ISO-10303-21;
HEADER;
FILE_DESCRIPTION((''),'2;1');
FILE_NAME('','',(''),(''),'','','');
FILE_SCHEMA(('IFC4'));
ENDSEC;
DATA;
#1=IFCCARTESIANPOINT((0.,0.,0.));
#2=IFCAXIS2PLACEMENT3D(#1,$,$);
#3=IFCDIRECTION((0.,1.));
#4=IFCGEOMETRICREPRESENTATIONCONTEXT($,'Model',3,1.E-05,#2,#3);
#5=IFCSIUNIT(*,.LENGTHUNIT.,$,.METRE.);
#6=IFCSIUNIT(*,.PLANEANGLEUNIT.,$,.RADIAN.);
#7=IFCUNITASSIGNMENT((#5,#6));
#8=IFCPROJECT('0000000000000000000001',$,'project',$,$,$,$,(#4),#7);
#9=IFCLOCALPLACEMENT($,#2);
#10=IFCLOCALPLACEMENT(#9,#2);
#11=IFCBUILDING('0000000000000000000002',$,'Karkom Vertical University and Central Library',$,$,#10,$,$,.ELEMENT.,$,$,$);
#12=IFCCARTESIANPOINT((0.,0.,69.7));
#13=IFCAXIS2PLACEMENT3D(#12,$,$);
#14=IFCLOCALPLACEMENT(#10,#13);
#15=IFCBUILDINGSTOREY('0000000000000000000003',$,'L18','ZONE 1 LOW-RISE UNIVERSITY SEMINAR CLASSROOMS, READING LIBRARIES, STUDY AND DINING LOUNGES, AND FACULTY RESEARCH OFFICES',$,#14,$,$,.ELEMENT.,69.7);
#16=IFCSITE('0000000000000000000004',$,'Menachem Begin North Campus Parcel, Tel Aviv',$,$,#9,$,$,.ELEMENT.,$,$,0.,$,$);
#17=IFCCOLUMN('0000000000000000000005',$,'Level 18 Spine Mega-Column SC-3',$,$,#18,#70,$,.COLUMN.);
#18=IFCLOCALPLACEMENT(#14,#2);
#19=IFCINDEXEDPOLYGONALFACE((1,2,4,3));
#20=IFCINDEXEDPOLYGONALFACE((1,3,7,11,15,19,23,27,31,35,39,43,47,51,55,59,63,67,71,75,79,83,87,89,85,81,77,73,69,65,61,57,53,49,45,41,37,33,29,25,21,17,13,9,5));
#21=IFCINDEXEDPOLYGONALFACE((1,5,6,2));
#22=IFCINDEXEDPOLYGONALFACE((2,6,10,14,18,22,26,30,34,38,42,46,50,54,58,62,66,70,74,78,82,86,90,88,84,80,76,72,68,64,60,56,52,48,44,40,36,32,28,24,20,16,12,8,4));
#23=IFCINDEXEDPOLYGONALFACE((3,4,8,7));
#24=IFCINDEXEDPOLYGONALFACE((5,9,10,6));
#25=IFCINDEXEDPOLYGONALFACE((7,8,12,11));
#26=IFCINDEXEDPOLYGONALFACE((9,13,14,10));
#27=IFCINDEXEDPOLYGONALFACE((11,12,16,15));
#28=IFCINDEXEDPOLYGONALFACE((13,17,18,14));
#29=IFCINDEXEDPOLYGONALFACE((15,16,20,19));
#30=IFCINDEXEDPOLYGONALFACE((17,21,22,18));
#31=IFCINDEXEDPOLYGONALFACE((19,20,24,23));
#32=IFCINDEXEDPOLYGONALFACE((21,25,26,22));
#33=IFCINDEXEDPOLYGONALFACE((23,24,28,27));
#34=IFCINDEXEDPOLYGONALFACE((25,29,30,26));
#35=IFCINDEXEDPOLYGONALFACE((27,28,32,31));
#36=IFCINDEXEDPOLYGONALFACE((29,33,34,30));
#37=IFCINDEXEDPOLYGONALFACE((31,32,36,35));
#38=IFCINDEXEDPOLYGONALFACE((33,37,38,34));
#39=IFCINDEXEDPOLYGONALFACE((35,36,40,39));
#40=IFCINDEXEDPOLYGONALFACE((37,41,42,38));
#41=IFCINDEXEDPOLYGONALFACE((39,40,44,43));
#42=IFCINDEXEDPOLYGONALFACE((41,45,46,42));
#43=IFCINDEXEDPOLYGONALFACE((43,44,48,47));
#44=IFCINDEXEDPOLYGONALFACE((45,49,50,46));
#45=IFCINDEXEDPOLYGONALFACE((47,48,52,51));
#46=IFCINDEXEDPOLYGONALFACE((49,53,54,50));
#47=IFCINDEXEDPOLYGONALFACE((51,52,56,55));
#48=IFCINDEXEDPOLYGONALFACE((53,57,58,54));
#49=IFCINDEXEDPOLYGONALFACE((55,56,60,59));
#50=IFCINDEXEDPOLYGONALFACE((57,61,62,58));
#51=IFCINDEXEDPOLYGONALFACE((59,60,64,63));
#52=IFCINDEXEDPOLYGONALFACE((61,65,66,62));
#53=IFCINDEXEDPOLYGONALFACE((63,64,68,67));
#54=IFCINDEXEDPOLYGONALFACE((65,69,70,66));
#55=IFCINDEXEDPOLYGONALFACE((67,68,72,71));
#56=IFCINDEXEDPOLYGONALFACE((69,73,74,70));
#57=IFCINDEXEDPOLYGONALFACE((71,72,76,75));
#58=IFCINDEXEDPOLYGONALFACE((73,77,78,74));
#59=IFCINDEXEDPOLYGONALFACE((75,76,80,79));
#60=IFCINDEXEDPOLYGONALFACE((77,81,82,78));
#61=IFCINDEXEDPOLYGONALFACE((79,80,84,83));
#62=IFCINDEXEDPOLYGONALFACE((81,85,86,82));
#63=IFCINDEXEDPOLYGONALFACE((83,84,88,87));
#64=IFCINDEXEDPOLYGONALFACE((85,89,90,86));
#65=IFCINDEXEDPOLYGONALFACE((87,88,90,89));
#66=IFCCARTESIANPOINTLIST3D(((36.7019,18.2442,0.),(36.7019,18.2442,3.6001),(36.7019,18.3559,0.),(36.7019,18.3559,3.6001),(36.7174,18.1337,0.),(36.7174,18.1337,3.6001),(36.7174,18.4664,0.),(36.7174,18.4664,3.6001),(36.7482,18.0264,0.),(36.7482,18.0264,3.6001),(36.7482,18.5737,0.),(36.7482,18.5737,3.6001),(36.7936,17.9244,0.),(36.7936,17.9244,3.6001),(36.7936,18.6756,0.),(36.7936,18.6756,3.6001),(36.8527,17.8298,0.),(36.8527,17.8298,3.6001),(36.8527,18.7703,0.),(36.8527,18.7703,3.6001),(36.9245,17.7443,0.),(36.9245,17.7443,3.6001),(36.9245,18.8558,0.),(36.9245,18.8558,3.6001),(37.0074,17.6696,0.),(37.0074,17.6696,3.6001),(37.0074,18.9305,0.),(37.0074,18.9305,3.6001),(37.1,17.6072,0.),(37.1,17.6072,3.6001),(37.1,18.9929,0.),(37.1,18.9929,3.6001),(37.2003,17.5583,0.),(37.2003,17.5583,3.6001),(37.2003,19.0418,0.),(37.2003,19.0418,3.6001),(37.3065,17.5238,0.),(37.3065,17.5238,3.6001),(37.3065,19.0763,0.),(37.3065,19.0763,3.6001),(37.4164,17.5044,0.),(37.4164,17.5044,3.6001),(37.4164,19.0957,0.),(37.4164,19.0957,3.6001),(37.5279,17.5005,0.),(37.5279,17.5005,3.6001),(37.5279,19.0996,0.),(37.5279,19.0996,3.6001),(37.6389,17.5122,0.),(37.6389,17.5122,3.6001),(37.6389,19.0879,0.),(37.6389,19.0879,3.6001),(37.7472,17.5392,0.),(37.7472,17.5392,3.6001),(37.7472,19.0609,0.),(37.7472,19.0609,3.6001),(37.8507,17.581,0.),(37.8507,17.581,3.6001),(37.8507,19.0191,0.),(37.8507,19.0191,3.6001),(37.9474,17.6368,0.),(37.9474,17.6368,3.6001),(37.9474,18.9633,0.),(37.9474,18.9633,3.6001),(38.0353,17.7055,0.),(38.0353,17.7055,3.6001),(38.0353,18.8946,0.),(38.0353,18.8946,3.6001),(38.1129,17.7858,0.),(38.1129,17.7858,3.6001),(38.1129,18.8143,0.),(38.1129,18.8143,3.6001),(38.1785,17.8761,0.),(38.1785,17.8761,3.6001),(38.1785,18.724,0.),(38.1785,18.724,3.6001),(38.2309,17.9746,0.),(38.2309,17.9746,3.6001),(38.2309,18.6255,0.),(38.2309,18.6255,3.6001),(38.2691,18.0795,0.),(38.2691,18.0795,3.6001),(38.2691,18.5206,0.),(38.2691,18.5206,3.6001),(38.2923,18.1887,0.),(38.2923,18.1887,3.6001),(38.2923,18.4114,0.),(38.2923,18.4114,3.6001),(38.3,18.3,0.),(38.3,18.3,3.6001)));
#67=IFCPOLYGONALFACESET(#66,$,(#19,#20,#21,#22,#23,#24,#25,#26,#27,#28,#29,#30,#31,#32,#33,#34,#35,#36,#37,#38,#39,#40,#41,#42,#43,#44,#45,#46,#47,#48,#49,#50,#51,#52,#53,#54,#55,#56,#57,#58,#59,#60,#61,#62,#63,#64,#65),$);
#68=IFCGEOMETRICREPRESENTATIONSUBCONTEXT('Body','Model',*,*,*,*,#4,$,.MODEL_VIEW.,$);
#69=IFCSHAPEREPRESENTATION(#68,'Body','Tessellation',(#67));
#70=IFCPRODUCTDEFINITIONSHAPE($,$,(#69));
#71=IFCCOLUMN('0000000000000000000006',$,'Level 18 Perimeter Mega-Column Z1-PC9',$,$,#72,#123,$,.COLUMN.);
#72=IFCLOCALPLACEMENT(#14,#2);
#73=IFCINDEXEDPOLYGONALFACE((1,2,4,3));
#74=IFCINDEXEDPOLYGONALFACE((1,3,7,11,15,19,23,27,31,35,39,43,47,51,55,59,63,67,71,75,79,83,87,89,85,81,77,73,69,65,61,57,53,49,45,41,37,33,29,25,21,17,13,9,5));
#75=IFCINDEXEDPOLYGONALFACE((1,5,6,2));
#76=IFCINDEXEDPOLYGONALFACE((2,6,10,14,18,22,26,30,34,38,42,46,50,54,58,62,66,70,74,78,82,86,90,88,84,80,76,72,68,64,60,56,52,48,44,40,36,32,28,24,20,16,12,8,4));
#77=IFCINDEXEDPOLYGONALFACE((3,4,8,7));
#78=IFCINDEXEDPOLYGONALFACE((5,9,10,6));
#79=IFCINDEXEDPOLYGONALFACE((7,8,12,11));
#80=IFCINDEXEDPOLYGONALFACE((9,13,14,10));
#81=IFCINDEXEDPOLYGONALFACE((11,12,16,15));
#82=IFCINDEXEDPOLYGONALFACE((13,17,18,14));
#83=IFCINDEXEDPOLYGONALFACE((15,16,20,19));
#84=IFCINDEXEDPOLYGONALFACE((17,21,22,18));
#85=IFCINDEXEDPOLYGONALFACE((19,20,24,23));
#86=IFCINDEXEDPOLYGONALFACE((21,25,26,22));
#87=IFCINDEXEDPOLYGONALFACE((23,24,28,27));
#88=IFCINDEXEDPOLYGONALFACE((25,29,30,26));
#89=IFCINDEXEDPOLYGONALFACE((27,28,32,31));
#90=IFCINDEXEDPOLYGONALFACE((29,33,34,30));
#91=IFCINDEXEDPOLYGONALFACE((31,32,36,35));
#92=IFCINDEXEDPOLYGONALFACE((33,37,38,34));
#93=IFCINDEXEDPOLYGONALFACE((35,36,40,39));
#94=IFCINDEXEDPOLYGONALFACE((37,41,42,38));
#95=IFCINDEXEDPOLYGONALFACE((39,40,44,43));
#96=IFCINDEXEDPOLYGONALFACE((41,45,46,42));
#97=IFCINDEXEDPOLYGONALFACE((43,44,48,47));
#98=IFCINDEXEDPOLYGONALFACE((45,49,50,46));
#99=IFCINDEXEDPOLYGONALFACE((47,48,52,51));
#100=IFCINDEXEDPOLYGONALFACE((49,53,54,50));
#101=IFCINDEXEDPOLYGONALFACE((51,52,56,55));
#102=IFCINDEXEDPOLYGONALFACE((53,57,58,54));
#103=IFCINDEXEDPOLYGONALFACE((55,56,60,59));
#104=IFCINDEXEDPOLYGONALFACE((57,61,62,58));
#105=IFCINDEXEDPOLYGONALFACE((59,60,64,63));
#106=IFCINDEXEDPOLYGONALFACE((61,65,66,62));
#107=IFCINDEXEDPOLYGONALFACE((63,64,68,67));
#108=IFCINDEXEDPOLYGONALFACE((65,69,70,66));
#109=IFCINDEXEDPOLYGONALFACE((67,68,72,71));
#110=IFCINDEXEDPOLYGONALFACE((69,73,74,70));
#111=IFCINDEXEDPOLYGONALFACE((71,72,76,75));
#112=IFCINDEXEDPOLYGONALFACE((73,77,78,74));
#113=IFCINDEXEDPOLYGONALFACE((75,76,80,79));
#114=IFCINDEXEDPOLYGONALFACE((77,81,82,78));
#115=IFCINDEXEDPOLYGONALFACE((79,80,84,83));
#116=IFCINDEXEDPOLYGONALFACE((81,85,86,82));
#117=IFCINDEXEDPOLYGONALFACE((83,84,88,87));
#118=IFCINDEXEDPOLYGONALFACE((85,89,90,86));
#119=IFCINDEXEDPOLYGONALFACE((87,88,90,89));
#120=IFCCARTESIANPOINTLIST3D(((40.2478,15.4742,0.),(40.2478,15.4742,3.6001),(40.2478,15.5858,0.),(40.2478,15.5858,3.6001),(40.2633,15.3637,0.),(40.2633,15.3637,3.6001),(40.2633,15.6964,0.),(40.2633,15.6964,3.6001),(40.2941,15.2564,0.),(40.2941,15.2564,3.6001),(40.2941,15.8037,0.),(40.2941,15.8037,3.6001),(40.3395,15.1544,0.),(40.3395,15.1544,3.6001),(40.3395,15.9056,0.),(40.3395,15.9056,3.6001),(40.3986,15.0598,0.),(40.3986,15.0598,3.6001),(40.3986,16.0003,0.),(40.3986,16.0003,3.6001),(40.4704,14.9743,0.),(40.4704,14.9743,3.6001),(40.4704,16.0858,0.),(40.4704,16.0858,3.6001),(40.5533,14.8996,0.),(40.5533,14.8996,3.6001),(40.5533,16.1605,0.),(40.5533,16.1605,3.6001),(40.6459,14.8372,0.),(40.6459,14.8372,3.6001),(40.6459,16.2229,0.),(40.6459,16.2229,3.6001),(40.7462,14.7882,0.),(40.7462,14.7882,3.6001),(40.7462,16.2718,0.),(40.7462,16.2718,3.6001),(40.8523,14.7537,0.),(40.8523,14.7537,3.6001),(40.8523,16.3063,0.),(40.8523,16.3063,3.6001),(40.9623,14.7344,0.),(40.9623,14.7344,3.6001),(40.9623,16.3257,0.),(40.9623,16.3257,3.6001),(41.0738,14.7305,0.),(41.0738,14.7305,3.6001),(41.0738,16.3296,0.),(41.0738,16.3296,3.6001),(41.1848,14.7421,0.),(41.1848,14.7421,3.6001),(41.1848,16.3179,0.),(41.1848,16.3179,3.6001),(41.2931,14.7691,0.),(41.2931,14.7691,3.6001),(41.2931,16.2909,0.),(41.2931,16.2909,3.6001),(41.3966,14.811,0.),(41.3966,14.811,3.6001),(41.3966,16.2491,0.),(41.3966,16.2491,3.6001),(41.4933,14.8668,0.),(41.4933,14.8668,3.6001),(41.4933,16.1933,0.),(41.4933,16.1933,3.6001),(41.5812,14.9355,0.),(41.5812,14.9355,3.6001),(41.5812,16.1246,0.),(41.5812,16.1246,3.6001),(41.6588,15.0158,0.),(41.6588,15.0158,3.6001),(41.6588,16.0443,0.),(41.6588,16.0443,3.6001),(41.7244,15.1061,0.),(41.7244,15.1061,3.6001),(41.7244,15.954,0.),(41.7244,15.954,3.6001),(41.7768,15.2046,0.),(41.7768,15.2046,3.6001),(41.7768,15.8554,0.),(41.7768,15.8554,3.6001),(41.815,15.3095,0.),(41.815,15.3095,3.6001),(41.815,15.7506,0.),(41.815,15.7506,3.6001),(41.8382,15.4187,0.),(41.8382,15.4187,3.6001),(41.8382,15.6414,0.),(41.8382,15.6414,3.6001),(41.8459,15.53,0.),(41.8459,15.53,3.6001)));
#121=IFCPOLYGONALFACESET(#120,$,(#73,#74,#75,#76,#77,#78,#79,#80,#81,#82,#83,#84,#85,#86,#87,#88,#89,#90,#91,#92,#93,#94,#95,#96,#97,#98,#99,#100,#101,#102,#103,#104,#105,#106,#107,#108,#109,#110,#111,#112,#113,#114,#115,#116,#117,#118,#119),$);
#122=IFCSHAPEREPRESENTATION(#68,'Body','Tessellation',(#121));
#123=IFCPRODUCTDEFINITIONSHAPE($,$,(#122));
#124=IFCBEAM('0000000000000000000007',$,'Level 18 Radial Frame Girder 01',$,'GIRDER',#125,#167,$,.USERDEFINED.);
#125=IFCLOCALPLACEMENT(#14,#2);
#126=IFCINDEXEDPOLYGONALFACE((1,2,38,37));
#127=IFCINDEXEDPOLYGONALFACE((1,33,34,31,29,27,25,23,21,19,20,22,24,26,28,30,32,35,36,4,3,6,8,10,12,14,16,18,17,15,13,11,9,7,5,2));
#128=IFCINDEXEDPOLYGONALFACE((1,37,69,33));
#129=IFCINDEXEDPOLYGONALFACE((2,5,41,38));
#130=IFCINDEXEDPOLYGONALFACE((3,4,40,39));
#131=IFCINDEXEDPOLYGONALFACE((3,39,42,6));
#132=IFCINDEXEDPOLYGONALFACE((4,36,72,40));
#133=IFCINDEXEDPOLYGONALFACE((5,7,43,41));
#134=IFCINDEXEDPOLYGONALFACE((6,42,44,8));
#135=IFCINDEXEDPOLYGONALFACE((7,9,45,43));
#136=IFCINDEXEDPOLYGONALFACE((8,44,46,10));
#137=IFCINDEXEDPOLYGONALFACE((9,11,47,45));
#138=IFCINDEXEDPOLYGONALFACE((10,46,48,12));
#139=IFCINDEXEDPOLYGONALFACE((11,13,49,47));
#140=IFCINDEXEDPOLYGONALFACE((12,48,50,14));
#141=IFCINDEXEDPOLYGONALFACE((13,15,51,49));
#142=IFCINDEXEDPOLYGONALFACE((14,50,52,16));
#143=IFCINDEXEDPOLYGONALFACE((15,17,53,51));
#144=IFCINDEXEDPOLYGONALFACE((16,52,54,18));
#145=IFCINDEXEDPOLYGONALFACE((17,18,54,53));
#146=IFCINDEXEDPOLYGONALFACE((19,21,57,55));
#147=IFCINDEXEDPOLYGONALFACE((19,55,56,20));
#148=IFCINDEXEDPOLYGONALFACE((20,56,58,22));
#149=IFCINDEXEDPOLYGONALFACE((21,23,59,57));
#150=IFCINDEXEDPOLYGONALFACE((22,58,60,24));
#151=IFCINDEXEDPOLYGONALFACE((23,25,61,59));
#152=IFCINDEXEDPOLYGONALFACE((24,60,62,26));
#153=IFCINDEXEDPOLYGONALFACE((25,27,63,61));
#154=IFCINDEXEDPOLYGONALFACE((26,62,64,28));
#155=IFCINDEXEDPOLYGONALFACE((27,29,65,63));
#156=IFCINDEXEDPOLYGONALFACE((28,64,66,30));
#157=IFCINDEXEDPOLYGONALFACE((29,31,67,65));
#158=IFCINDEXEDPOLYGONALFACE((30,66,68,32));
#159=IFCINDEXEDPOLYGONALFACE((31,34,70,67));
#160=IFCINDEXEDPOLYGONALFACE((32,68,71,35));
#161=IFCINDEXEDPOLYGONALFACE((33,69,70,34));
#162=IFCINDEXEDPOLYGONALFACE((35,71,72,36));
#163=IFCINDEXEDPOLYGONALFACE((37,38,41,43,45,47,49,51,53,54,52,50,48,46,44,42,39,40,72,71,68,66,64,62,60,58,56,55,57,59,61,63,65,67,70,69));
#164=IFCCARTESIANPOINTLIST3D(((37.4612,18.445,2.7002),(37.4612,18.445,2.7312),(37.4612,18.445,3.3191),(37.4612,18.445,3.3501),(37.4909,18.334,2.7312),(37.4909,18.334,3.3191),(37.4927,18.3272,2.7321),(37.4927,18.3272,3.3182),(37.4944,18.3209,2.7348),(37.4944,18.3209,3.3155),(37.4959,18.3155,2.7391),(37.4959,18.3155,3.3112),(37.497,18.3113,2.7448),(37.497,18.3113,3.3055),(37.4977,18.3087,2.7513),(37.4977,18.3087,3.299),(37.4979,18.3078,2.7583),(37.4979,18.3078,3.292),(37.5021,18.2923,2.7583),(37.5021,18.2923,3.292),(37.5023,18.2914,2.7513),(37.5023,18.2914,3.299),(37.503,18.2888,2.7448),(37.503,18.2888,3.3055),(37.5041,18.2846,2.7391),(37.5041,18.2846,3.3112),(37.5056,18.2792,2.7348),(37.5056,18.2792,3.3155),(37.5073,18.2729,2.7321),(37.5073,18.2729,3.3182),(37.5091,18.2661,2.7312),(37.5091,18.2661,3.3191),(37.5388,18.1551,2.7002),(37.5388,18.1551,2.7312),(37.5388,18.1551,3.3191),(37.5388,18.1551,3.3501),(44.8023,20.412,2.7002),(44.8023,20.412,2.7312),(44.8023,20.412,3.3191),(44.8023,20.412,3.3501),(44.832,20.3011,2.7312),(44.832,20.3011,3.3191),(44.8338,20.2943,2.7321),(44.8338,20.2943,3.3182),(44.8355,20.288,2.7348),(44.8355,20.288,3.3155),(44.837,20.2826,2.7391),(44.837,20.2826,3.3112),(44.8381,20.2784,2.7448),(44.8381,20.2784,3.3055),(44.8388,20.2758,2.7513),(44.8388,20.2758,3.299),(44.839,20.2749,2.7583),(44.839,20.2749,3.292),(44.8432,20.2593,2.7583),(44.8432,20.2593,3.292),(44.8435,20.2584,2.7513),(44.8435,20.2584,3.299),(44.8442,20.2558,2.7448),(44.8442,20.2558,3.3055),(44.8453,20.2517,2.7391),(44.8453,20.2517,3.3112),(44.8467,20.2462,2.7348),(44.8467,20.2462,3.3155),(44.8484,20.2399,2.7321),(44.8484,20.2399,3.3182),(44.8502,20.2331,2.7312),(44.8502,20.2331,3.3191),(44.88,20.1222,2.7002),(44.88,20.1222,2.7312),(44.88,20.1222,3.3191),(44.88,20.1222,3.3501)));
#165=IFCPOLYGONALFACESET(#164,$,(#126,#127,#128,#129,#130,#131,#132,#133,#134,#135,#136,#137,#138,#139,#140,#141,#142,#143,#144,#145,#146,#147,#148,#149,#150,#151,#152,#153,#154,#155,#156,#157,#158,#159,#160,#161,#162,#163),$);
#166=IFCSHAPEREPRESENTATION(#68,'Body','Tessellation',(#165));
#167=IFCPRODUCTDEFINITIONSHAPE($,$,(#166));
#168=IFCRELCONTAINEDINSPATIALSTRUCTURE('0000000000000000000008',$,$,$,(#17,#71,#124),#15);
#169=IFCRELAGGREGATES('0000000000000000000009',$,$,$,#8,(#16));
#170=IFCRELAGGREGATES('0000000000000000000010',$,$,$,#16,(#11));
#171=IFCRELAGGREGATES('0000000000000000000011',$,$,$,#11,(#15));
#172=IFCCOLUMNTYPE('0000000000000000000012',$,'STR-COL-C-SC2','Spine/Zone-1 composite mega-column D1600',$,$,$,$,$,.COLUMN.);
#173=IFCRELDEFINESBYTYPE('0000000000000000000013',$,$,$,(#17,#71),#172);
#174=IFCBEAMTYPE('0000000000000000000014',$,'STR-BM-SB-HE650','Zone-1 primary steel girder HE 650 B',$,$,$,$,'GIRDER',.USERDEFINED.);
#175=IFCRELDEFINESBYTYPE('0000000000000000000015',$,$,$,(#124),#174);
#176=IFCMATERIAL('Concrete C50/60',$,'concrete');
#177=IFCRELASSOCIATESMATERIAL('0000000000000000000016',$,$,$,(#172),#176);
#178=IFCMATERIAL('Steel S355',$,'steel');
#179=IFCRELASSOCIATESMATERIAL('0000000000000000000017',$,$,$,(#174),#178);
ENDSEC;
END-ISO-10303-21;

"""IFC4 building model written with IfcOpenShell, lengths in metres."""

from ifc_helpers import new_model, si_unit, direction, frame, origin, origin_with_axes, origin_2d, place, context, subcontext, project, spatial, circle, i_section, extrude, source, transform, mapped, material, material_profile, profile_set, type_object, element, save


model = new_model("IFC4")

# Units and contexts
model_context = context("Model", 3, precision=1e-05, world=origin(), true_north=direction((0.0, 1.0)))
body_context = subcontext(model_context, "Body", "Model", "MODEL_VIEW")
ifc_project = project(units=[si_unit("LENGTHUNIT", "METRE"), si_unit("PLANEANGLEUNIT", "RADIAN")], contexts=[model_context])

# Site, building, storey
site_placement = place(None, origin())
site = spatial("IfcSite", under=ifc_project, at=site_placement, Name="Menachem Begin North Campus Parcel, Tel Aviv", CompositionType="ELEMENT", RefElevation=0.0)
building_placement = place(site_placement, origin())
building = spatial("IfcBuilding", under=site, at=building_placement, Name="Karkom Vertical University and Central Library", CompositionType="ELEMENT")
storey_placement = place(building_placement, frame((0.0, 0.0, 69.7)))
storey = spatial("IfcBuildingStorey", under=building, at=storey_placement, Name="L18", Description="ZONE 1 LOW-RISE UNIVERSITY SEMINAR CLASSROOMS, READING LIBRARIES, STUDY AND DINING LOUNGES, AND FACULTY RESEARCH OFFICES", CompositionType="ELEMENT", Elevation=69.7)

# Columns
ifc_material_1 = material(Name="Concrete C50/60", Category="concrete")
ifc_material_profile_1 = material_profile(ifc_material_1, circle(Radius=0.8, at=origin_2d()), Name="CFT-D1600")
ifc_profile_set_1 = profile_set([ifc_material_profile_1], Name="Concrete C50/60")
column_type = type_object("IfcColumnType", Name="STR-COL-C-SC2", Description="Spine/Zone-1 composite mega-column D1600", PredefinedType="COLUMN", material=ifc_profile_set_1)
shared_shape_1 = source(origin_with_axes(), body_context, "Body", "SweptSolid", [
    extrude(circle(Radius=0.8, at=origin_2d()), origin(), (0.0, 0.0, 1.0), 3.6001),
])
for number, where, z_axis, x_axis, name in (
    (1, (37.5, 18.3, 0.0), (0.0, 0.0, 1.0), (1.0, 0.0, 0.0), "Level 18 Spine Mega-Column SC-3"),
    (2, (41.0459, 15.53, 0.0), (0.0, 0.0, 1.0), (1.0, 0.0, 0.0), "Level 18 Perimeter Mega-Column Z1-PC9"),
):
    element("IfcColumn", number, at=place(storey_placement, frame(where, z_axis=z_axis, x_axis=x_axis)), inside=storey, type_object=column_type, Name=name, PredefinedType="COLUMN", context=body_context, shape_type="MappedRepresentation", body=[
        mapped(shared_shape_1, transform((0.0, 0.0, 0.0), scale=1.0)),
    ])

# Beam
ifc_material_2 = material(Name="Steel S355", Category="steel")
ifc_material_profile_2 = material_profile(ifc_material_2, i_section(OverallWidth=0.3, OverallDepth=0.6499, WebThickness=0.0161, FlangeThickness=0.031, FilletRadius=0.0271, at=origin_2d()), Name="HE 650 B")
ifc_profile_set_2 = profile_set([ifc_material_profile_2], Name="Steel S355")
beam_type_1 = type_object("IfcBeamType", Name="STR-BM-SB-HE650", Description="Zone-1 primary steel girder HE 650 B", ElementType="GIRDER", PredefinedType="USERDEFINED", material=ifc_profile_set_2)
shared_shape_2 = source(origin_with_axes(), body_context, "Body", "SweptSolid", [
    extrude(i_section(OverallWidth=0.3, OverallDepth=0.6499, WebThickness=0.0161, FlangeThickness=0.031, FilletRadius=0.0271, at=origin_2d()), origin(), (0.0, 0.0, 1.0), 7.6001),
])
beam_1_placement = place(storey_placement, frame((37.5, 18.3, 3.0251), z_axis=(0.965926, 0.25882, 0.0), x_axis=(-0.25882, 0.965926, 0.0)))
element("IfcBeam", 3, at=beam_1_placement, inside=storey, type_object=beam_type_1, Name="Level 18 Radial Frame Girder 01", ObjectType="GIRDER", PredefinedType="USERDEFINED", context=body_context, shape_type="MappedRepresentation", body=[
    mapped(shared_shape_2, transform((0.0, 0.0, 0.0), scale=1.0)),
])

save(model, "model.ifc")
